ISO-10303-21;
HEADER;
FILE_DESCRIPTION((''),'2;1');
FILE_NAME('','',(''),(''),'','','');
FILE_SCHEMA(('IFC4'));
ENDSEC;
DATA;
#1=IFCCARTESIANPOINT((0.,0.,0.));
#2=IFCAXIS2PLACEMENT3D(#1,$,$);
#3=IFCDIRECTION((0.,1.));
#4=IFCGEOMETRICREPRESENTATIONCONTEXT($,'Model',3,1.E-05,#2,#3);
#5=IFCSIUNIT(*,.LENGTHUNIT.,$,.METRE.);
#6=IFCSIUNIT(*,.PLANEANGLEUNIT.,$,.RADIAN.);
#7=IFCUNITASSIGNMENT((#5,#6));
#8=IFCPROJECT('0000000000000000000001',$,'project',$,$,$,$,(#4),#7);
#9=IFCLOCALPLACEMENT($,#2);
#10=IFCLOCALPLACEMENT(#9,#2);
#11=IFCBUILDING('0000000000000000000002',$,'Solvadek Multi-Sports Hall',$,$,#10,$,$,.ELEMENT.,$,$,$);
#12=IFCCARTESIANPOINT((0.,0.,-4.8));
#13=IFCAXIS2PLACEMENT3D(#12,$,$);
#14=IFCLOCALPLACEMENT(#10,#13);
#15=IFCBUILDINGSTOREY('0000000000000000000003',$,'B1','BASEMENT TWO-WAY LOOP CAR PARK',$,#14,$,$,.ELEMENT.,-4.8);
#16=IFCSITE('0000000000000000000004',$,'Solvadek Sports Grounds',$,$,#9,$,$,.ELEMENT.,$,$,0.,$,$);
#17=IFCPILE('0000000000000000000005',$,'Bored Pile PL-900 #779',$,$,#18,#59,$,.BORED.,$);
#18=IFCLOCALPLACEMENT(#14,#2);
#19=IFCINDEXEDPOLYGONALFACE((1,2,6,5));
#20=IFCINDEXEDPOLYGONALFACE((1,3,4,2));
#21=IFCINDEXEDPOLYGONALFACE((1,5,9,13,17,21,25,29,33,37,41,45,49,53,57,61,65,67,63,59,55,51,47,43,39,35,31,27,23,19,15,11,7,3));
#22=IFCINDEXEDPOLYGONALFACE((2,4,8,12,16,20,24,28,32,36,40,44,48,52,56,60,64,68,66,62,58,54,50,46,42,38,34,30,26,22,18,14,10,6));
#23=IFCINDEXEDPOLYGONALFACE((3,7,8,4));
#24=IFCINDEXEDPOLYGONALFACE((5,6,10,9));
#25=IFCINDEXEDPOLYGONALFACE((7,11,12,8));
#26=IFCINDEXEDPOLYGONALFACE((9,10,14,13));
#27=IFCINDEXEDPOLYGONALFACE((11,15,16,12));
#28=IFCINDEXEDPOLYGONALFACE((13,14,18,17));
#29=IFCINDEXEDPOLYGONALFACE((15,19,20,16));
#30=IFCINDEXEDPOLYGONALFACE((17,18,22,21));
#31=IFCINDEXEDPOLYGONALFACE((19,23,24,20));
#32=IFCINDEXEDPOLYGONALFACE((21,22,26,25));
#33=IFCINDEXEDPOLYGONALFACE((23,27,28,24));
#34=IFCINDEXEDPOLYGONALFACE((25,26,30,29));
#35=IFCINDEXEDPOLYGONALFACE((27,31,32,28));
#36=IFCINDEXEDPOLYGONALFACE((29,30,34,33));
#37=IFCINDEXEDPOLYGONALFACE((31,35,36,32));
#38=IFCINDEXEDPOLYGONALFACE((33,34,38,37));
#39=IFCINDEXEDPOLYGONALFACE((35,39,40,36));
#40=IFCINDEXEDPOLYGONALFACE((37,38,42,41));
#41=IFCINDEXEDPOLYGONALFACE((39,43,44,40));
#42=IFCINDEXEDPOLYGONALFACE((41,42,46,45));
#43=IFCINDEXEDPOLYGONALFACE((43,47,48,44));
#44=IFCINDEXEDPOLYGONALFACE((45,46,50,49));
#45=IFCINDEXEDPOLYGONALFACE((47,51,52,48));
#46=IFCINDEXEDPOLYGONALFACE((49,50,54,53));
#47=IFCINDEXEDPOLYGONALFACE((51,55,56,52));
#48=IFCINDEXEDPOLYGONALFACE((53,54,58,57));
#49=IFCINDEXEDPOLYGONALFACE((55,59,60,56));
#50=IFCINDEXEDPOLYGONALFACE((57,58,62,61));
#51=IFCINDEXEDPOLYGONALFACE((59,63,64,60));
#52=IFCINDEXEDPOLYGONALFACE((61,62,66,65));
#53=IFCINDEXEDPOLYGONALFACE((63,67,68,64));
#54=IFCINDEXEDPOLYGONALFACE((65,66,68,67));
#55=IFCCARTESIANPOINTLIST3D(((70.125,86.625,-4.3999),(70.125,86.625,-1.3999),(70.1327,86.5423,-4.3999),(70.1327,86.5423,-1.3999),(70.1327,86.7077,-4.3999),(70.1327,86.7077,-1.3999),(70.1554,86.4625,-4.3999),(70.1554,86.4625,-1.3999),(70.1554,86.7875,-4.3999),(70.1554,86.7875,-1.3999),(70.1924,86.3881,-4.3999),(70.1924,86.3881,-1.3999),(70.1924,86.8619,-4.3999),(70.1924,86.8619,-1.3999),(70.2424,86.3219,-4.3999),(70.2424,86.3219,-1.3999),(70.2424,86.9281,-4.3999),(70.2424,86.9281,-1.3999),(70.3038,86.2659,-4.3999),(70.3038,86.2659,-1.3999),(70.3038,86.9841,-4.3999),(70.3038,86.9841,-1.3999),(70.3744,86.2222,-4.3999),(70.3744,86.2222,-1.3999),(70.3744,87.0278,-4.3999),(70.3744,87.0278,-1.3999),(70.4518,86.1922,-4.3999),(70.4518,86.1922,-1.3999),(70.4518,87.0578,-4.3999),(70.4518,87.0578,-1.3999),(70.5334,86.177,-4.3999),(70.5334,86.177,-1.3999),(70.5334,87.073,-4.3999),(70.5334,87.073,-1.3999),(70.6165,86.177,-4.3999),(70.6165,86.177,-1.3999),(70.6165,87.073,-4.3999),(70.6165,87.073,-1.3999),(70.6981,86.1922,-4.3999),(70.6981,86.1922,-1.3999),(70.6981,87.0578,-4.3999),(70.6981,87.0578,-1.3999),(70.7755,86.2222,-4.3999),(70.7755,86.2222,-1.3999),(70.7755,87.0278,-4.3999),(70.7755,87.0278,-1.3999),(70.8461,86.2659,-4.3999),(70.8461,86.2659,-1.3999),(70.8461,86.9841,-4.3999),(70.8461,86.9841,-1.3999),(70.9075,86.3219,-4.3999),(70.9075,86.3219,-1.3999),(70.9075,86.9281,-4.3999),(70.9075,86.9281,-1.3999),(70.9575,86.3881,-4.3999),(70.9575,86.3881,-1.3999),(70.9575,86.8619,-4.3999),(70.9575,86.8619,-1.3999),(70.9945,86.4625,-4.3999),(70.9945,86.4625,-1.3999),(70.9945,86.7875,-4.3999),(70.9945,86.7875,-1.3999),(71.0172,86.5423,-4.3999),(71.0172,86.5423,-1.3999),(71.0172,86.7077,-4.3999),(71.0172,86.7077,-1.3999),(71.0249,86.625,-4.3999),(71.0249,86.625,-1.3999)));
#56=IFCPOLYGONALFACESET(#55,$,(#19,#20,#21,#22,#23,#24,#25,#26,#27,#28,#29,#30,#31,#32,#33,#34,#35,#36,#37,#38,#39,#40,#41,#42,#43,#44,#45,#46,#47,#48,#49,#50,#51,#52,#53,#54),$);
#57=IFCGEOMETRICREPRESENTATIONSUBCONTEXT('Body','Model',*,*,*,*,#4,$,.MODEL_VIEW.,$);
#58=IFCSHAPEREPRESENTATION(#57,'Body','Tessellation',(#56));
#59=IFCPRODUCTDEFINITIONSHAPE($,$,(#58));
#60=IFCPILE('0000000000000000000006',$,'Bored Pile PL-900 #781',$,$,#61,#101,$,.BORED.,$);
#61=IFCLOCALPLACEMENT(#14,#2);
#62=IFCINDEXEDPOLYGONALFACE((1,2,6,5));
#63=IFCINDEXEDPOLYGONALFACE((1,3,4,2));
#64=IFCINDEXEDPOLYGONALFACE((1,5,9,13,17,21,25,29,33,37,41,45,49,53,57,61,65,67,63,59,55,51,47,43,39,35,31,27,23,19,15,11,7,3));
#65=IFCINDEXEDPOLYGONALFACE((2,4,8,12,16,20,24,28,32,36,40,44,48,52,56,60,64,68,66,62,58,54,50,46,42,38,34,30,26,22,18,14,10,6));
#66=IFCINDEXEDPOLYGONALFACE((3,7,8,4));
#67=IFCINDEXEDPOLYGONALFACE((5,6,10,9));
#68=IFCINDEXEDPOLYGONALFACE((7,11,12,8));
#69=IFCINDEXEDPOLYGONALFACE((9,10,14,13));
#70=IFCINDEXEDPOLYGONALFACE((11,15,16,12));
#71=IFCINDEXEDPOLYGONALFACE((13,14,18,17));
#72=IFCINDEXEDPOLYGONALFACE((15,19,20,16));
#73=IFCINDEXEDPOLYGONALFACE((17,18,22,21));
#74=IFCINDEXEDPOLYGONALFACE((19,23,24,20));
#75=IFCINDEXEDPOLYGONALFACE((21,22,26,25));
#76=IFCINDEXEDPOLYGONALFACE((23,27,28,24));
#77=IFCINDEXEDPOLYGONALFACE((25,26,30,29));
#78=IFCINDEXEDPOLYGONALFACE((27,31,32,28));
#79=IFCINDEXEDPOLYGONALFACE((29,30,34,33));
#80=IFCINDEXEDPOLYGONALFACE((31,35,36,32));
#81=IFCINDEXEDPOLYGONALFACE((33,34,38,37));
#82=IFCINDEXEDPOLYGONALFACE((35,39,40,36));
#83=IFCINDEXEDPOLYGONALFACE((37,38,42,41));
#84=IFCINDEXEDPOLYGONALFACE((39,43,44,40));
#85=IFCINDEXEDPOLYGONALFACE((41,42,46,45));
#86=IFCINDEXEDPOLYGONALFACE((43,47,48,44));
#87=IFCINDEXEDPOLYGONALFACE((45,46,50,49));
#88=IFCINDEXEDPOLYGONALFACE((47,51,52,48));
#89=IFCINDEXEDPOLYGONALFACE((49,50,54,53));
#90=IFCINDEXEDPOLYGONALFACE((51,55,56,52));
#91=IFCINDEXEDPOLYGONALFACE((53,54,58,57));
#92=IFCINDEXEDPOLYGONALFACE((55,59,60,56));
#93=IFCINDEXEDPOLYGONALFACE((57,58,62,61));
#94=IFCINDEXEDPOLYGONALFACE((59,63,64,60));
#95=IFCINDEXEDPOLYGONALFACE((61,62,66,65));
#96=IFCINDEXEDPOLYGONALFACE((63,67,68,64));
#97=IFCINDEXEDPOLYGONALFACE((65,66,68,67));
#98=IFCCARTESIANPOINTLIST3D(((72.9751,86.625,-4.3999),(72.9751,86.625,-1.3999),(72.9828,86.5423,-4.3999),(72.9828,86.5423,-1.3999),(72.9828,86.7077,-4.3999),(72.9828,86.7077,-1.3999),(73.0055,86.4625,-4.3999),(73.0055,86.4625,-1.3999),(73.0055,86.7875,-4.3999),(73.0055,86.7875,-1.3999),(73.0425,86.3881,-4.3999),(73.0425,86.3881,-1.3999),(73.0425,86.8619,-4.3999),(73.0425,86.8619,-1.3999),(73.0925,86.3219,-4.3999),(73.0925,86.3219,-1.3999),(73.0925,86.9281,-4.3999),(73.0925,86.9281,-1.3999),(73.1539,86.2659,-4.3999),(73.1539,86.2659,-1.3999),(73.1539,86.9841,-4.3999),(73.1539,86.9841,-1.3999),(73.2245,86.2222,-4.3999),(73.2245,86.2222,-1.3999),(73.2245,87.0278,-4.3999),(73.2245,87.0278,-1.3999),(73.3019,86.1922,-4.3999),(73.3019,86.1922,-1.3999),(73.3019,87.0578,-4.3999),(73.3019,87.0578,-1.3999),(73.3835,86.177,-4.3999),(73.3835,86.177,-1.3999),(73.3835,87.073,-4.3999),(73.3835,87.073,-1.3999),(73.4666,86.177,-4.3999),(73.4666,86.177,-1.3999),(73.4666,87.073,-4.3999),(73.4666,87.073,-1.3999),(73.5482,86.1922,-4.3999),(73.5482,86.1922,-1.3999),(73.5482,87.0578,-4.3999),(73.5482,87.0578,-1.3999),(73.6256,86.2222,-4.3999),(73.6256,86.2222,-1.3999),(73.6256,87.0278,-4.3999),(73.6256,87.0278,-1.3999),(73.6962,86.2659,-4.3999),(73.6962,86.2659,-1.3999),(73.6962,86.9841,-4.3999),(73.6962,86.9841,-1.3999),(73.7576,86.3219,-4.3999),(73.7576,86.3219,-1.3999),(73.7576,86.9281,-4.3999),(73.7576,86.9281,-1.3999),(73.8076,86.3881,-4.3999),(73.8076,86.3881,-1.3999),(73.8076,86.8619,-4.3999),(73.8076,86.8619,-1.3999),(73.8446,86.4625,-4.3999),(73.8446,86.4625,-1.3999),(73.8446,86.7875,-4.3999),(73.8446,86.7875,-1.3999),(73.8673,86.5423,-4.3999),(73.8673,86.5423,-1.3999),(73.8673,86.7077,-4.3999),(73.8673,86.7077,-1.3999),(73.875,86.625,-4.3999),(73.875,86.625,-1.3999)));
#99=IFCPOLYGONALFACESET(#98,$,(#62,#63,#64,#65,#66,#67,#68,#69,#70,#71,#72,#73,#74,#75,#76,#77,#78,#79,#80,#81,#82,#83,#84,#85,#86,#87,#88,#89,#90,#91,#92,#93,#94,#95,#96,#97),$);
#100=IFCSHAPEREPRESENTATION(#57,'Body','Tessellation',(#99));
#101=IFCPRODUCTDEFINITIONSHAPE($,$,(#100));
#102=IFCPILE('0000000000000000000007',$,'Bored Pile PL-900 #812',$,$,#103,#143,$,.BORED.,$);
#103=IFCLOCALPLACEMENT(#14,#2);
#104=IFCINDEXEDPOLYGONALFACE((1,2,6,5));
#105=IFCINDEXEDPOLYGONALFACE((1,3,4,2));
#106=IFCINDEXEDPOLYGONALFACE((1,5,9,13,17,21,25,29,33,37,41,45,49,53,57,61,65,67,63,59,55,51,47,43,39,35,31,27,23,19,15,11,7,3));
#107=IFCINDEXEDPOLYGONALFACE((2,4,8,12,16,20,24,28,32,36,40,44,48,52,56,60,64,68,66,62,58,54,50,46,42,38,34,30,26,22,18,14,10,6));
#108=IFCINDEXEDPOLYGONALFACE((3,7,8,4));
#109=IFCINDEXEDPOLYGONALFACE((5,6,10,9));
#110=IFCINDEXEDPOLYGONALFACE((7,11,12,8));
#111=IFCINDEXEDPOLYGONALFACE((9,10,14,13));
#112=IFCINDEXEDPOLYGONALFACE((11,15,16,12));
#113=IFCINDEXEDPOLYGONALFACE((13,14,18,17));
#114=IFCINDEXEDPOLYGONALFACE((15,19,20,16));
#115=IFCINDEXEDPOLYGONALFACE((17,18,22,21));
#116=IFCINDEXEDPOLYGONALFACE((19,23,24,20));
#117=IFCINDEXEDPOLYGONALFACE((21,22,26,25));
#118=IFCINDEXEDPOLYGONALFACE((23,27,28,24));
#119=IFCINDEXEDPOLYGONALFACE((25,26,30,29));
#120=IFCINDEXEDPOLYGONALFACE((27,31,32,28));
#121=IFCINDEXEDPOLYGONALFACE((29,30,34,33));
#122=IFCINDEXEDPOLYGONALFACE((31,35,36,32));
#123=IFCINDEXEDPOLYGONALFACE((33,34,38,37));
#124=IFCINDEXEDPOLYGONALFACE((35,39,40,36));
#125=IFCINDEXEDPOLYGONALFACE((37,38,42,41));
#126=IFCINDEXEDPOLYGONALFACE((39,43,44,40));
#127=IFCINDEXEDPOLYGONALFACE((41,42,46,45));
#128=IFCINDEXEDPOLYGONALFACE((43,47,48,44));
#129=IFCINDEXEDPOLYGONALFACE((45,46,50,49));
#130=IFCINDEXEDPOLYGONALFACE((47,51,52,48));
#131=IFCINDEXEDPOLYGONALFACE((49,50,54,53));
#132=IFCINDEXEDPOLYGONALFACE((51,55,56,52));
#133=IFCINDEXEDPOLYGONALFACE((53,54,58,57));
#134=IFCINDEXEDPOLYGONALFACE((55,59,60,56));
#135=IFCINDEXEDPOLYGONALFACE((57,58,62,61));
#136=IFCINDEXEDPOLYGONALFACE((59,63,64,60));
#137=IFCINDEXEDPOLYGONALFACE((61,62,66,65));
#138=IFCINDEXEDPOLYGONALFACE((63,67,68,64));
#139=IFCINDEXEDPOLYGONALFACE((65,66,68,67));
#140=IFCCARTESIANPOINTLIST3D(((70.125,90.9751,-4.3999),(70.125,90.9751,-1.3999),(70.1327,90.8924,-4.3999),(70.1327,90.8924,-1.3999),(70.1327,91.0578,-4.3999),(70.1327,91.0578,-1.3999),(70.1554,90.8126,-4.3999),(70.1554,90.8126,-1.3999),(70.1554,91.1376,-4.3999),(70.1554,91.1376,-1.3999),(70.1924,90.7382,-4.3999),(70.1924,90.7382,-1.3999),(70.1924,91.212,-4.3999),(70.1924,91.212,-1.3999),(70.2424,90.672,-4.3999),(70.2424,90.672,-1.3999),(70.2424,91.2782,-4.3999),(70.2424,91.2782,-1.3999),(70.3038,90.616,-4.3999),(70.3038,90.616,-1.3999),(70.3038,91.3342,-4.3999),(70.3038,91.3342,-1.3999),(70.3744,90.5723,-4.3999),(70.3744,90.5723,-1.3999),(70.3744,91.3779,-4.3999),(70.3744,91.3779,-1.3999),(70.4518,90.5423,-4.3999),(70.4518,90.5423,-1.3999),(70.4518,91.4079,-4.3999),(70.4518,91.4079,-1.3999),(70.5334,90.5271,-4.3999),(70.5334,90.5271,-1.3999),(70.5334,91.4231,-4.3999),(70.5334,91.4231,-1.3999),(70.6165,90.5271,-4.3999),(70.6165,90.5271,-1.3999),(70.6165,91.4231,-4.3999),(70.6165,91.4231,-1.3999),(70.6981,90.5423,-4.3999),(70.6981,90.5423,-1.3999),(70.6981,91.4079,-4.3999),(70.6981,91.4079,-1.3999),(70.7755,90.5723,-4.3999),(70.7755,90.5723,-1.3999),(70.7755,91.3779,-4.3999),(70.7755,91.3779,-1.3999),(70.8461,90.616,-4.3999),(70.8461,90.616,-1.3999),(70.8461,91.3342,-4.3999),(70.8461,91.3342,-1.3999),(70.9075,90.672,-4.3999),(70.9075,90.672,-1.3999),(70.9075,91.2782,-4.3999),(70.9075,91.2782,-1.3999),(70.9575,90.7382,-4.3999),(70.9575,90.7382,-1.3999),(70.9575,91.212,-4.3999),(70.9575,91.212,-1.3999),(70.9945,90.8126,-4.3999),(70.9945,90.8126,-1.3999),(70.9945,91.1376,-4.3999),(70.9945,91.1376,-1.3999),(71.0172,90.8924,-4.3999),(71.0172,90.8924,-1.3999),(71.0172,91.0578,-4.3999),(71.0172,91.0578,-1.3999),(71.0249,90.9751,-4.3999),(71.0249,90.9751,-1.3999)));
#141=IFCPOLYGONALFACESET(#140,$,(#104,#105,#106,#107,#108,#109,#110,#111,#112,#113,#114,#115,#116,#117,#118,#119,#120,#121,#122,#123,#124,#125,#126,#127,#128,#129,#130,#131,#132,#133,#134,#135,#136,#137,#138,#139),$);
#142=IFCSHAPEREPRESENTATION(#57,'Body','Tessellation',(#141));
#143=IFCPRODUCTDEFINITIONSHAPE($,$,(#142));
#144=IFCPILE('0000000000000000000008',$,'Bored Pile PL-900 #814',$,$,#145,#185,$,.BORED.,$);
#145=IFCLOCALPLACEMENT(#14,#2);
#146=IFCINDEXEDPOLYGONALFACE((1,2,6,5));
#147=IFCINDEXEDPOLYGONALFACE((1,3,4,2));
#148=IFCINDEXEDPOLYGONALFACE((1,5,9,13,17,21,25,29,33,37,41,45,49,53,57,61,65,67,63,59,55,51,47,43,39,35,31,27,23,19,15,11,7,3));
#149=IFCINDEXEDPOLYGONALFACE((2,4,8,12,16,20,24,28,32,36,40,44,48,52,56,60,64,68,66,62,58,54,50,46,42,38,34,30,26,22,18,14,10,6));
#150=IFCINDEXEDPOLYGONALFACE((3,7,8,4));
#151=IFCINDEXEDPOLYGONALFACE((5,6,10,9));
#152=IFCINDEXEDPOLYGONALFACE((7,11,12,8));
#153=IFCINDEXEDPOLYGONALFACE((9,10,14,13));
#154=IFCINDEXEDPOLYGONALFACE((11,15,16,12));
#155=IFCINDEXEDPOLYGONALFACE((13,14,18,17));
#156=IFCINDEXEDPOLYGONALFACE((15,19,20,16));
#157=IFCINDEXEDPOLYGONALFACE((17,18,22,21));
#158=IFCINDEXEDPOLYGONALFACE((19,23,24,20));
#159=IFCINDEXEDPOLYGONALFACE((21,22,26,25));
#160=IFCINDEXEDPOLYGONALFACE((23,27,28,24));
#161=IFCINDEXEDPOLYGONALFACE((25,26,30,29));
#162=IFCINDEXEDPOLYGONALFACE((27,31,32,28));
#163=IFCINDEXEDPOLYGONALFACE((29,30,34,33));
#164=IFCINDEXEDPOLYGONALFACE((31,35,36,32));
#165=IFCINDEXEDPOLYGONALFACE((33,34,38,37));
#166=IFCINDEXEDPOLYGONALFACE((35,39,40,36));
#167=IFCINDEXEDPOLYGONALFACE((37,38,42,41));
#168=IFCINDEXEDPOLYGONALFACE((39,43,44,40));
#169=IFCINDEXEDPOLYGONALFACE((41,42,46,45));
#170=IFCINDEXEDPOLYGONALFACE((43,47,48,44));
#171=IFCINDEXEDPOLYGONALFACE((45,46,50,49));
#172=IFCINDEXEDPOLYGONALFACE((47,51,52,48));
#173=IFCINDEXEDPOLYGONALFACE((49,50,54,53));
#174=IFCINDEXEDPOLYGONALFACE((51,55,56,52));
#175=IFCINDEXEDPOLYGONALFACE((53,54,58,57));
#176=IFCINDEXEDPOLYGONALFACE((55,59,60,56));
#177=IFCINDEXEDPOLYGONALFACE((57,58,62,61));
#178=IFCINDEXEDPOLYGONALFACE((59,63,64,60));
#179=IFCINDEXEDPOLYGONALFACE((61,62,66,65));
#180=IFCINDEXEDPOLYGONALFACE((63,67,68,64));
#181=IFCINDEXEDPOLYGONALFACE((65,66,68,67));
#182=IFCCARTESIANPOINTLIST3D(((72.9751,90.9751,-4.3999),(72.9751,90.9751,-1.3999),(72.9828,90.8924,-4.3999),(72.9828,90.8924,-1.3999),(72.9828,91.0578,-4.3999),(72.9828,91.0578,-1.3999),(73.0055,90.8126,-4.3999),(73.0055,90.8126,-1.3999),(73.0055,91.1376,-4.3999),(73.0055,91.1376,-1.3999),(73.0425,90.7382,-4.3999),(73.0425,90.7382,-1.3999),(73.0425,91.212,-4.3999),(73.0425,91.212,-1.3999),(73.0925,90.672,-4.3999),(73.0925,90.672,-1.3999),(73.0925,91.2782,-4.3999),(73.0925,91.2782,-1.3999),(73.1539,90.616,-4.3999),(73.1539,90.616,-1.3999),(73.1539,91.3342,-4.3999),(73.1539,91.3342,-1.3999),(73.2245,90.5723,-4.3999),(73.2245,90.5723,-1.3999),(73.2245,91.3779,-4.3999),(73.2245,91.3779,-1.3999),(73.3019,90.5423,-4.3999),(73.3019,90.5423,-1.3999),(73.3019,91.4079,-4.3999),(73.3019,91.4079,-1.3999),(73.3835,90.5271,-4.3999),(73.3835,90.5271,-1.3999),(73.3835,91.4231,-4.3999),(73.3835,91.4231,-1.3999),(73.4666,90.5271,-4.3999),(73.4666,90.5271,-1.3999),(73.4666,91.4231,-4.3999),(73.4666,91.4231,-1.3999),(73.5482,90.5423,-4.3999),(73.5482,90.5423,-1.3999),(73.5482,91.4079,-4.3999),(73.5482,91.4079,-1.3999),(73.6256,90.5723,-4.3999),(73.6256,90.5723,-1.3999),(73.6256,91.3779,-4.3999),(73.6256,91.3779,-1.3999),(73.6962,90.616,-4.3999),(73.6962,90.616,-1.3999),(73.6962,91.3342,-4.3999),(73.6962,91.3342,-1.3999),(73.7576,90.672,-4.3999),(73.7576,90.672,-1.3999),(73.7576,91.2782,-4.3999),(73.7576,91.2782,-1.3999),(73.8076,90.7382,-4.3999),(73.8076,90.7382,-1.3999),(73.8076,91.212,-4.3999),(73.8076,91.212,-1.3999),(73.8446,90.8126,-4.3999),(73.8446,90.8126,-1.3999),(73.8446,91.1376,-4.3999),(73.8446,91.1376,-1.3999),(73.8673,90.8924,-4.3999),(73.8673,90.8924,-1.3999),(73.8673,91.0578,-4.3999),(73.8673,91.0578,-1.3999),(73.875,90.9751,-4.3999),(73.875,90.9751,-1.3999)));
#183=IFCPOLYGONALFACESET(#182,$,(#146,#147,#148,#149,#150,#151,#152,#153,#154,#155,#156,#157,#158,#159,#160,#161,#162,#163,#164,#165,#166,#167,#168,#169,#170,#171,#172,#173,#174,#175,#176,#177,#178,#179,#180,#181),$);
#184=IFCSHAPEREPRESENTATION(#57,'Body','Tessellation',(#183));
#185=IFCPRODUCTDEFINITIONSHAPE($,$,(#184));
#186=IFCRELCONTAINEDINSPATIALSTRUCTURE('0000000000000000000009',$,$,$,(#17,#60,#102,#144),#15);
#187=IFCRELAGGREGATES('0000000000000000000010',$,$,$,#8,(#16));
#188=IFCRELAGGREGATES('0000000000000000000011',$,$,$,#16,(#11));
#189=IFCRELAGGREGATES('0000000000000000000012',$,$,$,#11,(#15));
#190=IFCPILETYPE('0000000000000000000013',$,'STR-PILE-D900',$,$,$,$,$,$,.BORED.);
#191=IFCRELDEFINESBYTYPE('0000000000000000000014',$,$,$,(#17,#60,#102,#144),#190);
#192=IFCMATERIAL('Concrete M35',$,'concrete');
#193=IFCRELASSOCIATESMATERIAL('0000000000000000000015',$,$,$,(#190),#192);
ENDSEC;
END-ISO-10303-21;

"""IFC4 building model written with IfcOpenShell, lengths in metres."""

from ifc_helpers import new_model, si_unit, direction, frame, origin, origin_2d, place, context, subcontext, project, spatial, circle, extrude, material, material_profile, profile_set, type_object, element, save


model = new_model("IFC4")

# Units and contexts
model_context = context("Model", 3, precision=1e-05, world=origin(), true_north=direction((0.0, 1.0)))
body_context = subcontext(model_context, "Body", "Model", "MODEL_VIEW")
ifc_project = project(units=[si_unit("LENGTHUNIT", "METRE"), si_unit("PLANEANGLEUNIT", "RADIAN")], contexts=[model_context])

# Site, building, storey
site_placement = place(None, origin())
site = spatial("IfcSite", under=ifc_project, at=site_placement, Name="Solvadek Sports Grounds", CompositionType="ELEMENT", RefElevation=0.0)
building_placement = place(site_placement, origin())
building = spatial("IfcBuilding", under=site, at=building_placement, Name="Solvadek Multi-Sports Hall", CompositionType="ELEMENT")
storey_placement = place(building_placement, frame((0.0, 0.0, -4.8)))
storey = spatial("IfcBuildingStorey", under=building, at=storey_placement, Name="B1", Description="BASEMENT TWO-WAY LOOP CAR PARK", CompositionType="ELEMENT", Elevation=-4.8)

# Piles
ifc_material_1 = material(Name="Concrete M35", Category="concrete")
ifc_material_profile_1 = material_profile(ifc_material_1, circle(Radius=0.45, at=origin_2d()), Name="BORED PILE D900")
ifc_profile_set_1 = profile_set([ifc_material_profile_1], Name="Concrete M35")
pile_type_1 = type_object("IfcPileType", Name="STR-PILE-D900", PredefinedType="BORED", material=ifc_profile_set_1)
for number, where, z_axis, x_axis, name in (
    (1, (70.575, 86.625, -1.3999), (0.0, 0.0, -1.0), (1.0, 0.0, 0.0), "Bored Pile PL-900 #779"),
    (2, (73.425, 86.625, -1.3999), (0.0, 0.0, -1.0), (1.0, 0.0, 0.0), "Bored Pile PL-900 #781"),
    (3, (70.575, 90.9751, -1.3999), (0.0, 0.0, -1.0), (1.0, 0.0, 0.0), "Bored Pile PL-900 #812"),
    (4, (73.425, 90.9751, -1.3999), (0.0, 0.0, -1.0), (1.0, 0.0, 0.0), "Bored Pile PL-900 #814"),
):
    element("IfcPile", number, at=place(storey_placement, frame(where, z_axis=z_axis, x_axis=x_axis)), inside=storey, type_object=pile_type_1, Name=name, PredefinedType="BORED", context=body_context, shape_type="SweptSolid", body=[
        extrude(circle(Radius=0.45, at=origin_2d()), origin(), (0.0, 0.0, 1.0), 3.0),
    ])

save(model, "model.ifc")
